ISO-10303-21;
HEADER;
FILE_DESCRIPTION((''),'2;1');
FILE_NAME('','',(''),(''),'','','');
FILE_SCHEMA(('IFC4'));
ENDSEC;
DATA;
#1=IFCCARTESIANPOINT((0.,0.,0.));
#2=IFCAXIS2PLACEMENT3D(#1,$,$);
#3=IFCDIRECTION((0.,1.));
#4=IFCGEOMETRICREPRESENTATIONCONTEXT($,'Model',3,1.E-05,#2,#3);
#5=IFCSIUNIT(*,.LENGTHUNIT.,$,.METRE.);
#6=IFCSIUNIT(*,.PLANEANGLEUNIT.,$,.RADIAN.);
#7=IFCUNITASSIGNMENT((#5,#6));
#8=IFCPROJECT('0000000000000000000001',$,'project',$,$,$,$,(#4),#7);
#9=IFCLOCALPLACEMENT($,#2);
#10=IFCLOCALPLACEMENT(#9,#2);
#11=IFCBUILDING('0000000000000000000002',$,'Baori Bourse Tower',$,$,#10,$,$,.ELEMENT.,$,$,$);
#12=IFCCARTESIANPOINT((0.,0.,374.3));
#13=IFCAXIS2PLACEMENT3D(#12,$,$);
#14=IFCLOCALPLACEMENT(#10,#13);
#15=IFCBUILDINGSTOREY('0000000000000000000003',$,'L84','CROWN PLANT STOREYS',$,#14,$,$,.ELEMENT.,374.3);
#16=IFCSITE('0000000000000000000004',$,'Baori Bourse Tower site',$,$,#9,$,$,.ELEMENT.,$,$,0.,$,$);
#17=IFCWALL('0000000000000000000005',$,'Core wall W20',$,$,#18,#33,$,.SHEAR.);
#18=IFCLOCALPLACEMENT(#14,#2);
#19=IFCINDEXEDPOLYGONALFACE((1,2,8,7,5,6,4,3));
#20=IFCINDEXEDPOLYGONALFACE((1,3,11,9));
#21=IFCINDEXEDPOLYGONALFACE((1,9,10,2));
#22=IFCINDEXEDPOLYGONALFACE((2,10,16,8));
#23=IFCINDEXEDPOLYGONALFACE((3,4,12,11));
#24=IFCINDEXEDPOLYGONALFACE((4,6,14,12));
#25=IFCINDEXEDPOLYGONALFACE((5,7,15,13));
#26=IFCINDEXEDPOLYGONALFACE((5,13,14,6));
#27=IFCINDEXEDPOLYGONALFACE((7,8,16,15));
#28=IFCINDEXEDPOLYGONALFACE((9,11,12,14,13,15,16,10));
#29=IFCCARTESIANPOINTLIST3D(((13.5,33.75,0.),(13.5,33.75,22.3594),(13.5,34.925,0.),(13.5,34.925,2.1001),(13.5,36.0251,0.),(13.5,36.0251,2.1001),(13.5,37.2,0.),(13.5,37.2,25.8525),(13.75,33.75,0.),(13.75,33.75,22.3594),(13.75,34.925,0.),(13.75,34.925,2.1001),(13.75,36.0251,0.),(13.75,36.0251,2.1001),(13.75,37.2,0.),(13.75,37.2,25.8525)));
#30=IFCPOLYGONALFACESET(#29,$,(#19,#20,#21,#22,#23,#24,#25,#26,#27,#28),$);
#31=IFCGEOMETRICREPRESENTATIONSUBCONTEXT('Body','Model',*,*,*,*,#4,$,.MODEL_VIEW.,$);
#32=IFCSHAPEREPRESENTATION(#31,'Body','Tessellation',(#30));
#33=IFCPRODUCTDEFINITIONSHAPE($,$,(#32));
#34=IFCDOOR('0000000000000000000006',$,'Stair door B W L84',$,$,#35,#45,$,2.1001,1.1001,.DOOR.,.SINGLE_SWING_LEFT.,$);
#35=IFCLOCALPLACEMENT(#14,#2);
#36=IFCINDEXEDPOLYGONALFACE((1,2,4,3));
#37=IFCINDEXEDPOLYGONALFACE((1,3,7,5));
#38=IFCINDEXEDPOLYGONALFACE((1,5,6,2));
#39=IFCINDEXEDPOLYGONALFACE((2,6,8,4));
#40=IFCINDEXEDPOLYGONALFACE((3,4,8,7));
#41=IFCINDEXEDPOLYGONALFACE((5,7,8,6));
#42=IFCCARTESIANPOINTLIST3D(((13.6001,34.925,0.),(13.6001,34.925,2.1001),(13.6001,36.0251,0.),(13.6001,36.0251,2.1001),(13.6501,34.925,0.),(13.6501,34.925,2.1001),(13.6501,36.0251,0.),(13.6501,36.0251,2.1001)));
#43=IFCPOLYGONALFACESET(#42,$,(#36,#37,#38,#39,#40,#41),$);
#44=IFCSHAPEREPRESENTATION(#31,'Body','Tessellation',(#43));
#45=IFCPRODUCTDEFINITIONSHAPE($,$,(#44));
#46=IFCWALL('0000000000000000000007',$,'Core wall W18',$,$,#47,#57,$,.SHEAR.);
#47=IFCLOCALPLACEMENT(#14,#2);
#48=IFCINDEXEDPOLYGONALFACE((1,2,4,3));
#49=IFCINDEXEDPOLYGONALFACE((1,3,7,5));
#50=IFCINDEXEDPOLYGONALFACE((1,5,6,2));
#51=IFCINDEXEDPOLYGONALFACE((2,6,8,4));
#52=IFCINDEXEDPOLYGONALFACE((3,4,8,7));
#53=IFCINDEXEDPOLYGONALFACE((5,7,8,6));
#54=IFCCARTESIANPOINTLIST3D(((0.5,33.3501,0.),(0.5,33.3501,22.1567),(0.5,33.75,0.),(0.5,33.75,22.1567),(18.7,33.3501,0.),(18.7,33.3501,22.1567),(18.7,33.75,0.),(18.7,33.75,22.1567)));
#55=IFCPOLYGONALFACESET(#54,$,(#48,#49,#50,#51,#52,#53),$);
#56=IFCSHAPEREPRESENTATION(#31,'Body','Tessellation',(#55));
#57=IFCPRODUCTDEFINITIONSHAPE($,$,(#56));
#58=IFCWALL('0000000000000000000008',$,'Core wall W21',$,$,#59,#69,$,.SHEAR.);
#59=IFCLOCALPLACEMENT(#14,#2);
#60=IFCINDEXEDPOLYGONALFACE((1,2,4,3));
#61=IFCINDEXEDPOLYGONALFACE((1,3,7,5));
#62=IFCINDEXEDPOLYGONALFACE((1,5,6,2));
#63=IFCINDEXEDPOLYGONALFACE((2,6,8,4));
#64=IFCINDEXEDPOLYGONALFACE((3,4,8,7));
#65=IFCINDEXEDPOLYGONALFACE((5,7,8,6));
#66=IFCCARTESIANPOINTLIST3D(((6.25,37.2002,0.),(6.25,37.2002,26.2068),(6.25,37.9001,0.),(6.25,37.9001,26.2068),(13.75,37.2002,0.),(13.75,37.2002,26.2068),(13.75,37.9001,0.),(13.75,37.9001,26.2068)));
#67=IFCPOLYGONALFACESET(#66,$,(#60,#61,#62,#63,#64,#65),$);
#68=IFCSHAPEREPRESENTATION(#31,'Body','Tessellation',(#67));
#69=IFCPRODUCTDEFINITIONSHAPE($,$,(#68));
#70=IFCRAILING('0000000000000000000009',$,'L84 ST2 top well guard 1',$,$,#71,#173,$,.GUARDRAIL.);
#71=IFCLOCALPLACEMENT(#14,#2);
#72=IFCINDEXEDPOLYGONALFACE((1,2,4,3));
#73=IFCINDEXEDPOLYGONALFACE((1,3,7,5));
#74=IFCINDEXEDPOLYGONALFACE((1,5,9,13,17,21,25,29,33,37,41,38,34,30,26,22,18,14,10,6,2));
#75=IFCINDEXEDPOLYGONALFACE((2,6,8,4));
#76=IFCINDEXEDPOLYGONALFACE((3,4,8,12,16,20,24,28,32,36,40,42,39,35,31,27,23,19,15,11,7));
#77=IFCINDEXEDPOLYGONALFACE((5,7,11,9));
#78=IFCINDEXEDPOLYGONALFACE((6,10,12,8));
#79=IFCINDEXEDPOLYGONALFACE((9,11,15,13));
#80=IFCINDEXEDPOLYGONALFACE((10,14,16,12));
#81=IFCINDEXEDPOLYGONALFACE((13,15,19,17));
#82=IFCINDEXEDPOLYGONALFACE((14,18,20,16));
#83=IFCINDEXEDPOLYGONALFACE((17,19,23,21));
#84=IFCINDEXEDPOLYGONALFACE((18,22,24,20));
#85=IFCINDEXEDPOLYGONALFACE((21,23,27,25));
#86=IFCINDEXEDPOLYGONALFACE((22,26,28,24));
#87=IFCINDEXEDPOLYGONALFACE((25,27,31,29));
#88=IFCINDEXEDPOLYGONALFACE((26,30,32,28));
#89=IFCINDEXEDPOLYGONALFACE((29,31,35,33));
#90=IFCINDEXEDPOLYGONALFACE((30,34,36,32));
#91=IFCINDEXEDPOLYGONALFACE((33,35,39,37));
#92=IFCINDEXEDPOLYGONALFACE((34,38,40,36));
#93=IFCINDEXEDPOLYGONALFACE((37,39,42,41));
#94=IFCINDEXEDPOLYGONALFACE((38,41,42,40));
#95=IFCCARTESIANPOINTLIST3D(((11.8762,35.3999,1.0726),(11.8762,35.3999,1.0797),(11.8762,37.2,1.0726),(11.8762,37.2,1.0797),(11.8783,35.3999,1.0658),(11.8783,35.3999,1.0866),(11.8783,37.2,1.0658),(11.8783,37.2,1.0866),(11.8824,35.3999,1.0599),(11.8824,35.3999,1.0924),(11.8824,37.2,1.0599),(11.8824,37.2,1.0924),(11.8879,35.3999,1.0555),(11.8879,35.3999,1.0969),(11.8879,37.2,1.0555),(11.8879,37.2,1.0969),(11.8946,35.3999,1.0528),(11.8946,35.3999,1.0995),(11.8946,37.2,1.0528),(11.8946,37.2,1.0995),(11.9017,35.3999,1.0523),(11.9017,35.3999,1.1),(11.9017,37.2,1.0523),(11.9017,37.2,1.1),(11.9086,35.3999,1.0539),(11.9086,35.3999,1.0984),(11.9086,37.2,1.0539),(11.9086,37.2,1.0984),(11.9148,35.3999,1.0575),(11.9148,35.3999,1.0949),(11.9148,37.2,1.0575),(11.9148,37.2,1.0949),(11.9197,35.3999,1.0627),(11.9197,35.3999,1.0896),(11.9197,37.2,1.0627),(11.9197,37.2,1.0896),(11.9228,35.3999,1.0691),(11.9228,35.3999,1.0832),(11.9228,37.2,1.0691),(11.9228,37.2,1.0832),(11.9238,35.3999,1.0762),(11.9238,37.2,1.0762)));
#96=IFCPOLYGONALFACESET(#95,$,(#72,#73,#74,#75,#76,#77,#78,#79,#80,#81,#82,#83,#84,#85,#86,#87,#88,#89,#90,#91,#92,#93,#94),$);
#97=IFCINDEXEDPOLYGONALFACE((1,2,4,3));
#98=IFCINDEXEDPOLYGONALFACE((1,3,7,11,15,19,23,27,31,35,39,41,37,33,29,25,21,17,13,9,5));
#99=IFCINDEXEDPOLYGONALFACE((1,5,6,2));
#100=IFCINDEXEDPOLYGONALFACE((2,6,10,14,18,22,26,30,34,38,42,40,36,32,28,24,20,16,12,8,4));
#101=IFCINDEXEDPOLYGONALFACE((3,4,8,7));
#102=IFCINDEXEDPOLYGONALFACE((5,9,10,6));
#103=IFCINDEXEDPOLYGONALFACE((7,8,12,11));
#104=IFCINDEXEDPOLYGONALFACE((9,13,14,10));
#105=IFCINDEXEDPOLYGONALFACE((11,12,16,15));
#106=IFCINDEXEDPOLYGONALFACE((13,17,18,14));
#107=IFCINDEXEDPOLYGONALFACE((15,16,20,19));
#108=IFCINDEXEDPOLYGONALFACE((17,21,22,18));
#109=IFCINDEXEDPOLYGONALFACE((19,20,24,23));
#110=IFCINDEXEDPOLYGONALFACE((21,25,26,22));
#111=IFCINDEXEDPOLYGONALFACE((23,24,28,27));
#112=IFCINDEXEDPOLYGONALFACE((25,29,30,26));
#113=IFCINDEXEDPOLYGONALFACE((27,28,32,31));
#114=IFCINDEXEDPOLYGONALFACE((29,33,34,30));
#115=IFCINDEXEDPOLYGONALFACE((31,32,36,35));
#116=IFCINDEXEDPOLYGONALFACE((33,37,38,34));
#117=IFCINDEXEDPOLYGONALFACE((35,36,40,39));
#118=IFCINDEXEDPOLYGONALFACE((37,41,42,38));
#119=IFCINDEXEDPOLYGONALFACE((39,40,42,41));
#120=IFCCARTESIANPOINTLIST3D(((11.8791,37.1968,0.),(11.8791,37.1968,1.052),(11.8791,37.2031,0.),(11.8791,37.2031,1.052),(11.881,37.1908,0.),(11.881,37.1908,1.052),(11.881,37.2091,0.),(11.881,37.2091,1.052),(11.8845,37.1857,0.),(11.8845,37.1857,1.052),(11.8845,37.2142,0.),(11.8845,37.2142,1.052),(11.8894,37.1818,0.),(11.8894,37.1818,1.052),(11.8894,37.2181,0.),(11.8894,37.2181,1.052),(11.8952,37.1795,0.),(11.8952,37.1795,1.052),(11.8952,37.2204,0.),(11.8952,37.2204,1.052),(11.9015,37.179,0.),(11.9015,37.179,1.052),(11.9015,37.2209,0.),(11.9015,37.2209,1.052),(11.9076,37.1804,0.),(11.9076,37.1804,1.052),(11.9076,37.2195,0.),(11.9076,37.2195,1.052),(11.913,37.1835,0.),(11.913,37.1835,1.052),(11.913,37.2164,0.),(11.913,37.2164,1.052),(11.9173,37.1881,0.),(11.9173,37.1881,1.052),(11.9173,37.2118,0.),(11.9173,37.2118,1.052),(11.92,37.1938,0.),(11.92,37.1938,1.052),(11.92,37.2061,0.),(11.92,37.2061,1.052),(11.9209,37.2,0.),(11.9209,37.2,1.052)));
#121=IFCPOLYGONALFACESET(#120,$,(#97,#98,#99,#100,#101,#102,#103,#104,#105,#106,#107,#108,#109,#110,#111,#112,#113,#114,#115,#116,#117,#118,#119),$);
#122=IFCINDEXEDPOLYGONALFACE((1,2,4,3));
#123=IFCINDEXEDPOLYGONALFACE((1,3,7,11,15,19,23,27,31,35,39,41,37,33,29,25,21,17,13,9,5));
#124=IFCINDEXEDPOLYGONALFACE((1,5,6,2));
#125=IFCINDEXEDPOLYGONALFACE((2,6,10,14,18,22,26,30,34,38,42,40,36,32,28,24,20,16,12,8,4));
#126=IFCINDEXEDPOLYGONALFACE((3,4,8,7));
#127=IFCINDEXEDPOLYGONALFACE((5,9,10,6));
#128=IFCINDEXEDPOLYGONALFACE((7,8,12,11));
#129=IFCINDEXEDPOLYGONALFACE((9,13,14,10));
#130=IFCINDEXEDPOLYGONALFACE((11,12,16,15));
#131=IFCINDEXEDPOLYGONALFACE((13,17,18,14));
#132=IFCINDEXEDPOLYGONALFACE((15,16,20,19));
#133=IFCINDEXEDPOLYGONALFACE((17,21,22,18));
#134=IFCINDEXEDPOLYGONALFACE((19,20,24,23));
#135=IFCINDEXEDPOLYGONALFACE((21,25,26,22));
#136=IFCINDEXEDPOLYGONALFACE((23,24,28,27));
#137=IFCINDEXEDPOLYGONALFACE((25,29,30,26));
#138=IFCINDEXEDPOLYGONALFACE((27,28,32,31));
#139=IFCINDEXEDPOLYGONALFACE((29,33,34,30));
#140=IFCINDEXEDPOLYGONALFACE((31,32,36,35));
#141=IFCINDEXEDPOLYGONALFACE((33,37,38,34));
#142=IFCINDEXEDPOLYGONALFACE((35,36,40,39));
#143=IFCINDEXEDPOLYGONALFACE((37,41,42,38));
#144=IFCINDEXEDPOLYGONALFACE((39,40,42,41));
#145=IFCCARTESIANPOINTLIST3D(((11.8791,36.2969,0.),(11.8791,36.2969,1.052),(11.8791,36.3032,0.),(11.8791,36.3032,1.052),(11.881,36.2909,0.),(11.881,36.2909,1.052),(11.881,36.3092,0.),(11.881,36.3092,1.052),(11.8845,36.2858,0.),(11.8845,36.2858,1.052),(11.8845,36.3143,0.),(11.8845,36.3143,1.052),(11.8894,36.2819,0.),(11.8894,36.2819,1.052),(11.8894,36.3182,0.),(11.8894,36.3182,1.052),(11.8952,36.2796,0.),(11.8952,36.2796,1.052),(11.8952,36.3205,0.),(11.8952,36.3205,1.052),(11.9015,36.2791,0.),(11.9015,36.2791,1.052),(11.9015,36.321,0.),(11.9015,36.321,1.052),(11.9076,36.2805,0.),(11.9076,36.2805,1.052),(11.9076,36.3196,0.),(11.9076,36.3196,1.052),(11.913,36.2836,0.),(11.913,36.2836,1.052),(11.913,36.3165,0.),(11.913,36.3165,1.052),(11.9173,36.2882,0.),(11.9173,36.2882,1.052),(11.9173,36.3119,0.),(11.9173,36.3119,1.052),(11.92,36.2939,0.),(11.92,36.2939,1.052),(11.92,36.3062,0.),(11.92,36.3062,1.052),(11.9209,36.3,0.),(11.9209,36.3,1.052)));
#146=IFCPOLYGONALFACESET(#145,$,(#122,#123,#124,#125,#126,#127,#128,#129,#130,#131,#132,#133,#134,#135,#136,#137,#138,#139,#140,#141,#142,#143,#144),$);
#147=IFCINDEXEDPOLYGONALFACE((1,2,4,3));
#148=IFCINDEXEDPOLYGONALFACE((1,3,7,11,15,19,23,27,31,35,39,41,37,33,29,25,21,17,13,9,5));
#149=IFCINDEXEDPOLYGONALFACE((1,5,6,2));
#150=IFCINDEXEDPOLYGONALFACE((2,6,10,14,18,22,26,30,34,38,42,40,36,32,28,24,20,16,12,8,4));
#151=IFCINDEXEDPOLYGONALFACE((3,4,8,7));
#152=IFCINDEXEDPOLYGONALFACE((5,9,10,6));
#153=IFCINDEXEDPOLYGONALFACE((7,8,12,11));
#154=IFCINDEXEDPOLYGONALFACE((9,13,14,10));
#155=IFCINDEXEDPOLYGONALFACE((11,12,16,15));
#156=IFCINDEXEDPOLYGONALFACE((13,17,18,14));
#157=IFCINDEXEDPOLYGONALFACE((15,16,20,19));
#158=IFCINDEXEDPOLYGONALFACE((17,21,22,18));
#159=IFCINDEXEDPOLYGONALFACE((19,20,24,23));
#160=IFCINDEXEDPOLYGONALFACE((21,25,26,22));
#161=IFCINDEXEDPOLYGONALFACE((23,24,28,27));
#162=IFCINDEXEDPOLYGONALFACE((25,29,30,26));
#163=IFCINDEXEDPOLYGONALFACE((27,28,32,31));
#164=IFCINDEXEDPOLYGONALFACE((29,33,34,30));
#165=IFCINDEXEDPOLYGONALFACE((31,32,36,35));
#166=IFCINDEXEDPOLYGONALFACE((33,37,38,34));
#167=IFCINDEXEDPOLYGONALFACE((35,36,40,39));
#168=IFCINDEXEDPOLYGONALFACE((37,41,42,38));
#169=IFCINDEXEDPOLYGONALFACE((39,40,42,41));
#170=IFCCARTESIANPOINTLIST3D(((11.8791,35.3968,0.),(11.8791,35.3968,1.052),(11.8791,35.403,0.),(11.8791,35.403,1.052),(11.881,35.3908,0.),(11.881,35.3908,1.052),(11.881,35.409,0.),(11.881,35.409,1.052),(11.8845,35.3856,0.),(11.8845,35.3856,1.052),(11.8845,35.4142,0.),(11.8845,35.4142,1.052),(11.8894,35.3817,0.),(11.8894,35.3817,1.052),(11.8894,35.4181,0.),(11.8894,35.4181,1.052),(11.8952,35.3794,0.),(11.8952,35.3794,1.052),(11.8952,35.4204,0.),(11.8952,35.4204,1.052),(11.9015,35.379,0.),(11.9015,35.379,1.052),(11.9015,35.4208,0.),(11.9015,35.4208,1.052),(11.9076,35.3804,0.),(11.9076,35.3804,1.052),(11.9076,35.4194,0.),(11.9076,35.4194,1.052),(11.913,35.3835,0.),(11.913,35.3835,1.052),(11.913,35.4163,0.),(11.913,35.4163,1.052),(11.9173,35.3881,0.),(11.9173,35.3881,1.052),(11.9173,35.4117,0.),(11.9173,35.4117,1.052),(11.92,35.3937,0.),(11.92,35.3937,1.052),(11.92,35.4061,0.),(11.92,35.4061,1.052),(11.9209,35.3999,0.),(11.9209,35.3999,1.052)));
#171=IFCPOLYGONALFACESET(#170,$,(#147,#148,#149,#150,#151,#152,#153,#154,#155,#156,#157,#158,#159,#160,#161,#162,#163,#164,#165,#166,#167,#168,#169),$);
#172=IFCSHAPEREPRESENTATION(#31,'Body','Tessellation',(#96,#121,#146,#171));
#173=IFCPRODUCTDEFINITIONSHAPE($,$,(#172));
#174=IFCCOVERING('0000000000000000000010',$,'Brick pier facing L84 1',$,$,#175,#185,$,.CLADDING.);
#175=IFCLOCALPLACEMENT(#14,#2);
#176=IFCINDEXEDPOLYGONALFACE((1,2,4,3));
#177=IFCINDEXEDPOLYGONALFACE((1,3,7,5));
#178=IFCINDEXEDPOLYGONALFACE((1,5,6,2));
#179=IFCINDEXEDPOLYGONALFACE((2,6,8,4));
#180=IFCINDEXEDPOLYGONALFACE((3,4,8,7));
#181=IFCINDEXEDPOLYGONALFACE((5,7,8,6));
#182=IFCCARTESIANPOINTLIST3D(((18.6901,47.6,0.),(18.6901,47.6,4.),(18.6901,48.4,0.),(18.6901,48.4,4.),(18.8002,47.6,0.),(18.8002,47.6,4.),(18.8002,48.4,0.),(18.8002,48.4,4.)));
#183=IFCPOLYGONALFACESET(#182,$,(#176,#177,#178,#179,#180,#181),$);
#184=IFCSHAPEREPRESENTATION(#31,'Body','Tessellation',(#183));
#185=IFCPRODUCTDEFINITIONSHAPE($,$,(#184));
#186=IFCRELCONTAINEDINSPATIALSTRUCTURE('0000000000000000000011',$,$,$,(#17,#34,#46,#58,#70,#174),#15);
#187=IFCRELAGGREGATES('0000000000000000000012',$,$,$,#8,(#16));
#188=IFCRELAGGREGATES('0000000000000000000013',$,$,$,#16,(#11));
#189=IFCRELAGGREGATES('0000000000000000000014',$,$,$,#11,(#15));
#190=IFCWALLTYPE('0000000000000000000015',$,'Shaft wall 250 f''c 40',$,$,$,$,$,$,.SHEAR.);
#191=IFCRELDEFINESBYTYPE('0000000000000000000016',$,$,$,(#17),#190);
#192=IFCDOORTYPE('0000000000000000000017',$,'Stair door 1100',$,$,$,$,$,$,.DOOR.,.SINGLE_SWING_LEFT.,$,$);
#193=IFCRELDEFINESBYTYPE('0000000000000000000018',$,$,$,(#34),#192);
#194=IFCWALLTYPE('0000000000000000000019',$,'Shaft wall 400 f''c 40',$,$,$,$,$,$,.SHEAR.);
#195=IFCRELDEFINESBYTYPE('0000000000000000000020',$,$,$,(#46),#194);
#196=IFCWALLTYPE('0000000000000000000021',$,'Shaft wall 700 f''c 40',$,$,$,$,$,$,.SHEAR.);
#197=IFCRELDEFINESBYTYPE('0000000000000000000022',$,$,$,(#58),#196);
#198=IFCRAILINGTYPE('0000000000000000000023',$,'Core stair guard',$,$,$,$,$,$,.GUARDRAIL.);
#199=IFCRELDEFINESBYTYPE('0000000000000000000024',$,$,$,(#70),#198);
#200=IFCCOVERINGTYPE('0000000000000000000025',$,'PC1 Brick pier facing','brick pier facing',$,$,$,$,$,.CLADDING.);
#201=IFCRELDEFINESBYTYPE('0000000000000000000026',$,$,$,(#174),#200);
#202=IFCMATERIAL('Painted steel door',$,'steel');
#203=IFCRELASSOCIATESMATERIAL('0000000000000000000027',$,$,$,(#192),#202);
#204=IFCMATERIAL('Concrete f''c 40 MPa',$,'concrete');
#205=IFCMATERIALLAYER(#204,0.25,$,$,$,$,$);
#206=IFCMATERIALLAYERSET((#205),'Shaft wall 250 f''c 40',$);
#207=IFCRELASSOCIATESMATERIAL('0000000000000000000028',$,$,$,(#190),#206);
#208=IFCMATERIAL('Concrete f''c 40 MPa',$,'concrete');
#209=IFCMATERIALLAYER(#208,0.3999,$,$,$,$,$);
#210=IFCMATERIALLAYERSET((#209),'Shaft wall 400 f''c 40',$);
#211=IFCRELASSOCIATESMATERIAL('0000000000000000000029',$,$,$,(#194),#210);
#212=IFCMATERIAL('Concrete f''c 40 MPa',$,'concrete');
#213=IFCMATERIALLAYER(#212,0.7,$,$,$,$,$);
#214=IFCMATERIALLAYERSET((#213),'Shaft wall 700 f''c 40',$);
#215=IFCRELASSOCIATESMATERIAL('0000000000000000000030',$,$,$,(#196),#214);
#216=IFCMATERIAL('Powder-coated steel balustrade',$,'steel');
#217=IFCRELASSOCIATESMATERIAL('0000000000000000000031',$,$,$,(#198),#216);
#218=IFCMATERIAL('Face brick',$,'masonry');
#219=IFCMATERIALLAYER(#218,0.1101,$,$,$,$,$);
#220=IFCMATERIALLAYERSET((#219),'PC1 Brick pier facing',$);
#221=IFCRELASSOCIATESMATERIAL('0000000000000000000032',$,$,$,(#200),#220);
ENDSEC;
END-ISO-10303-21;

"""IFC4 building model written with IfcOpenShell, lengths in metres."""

from ifc_helpers import new_model, si_unit, direction, frame, frame_2d, origin, origin_2d, place, context, subcontext, project, spatial, polyline, rectangle, circle, outline, extrude, material, layer, layer_set, type_object, element, fill, save


model = new_model("IFC4")

# Units and contexts
model_context = context("Model", 3, precision=1e-05, world=origin(), true_north=direction((0.0, 1.0)))
body_context = subcontext(model_context, "Body", "Model", "MODEL_VIEW")
ifc_project = project(units=[si_unit("LENGTHUNIT", "METRE"), si_unit("PLANEANGLEUNIT", "RADIAN")], contexts=[model_context])

# Site, building, storey
site_placement = place(None, origin())
site = spatial("IfcSite", under=ifc_project, at=site_placement, Name="Baori Bourse Tower site", CompositionType="ELEMENT", RefElevation=0.0)
building_placement = place(site_placement, origin())
building = spatial("IfcBuilding", under=site, at=building_placement, Name="Baori Bourse Tower", CompositionType="ELEMENT")
storey_placement = place(building_placement, frame((0.0, 0.0, 374.3)))
storey = spatial("IfcBuildingStorey", under=building, at=storey_placement, Name="L84", Description="CROWN PLANT STOREYS", CompositionType="ELEMENT", Elevation=374.3)

# Wall, opening, door
ifc_material_1 = material(Name="Painted steel door", Category="steel")
door_type_1 = type_object("IfcDoorType", Name="Stair door 1100", OperationType="SINGLE_SWING_LEFT", PredefinedType="DOOR", material=ifc_material_1)
ifc_material_2 = material(Name="Concrete f'c 40 MPa", Category="concrete")
ifc_layer_1 = layer(ifc_material_2, 0.25)
ifc_layer_set_1 = layer_set([ifc_layer_1], Name="Shaft wall 250 f'c 40")
wall_type_1 = type_object("IfcWallType", Name="Shaft wall 250 f'c 40", PredefinedType="SHEAR", material=ifc_layer_set_1)
wall_1_placement = place(storey_placement, frame((13.625, 33.75, 0.0), z_axis=(0.0, 0.0, 1.0), x_axis=(0.0, 1.0, 0.0)))
wall_1 = element("IfcWall", 1, at=wall_1_placement, inside=storey, type_object=wall_type_1, Name="Core wall W20", PredefinedType="SHEAR", context=body_context, shape_type="SweptSolid", body=[
    extrude(outline(polyline([(0.0, 0.0), (3.45, 0.0), (3.45, 25.8525), (0.0, 22.3594), (0.0, 0.0)])), frame((0.0, 0.125, 0.0), z_axis=(0.0, -1.0, 0.0), x_axis=(1.0, 0.0, 0.0)), (0.0, 0.0, 1.0), 0.25),
])
opening_1_placement = place(wall_1_placement, frame((1.175, 0.0, 0.0)))
opening_1 = element("IfcOpeningElement", 2, at=opening_1_placement, cuts=wall_1, PredefinedType="OPENING", context=body_context, shape_type="SweptSolid", body=[
    extrude(rectangle(XDim=1.1001, YDim=2.1001, at=frame_2d((0.55, 1.05))), frame((0.0, 0.135, 0.0), z_axis=(0.0, -1.0, 0.0), x_axis=(1.0, 0.0, 0.0)), (0.0, 0.0, 1.0), 0.27),
])
door_1_placement = place(opening_1_placement, origin())
door_1 = element("IfcDoor", 3, at=door_1_placement, inside=storey, type_object=door_type_1, Name="Stair door B W L84", OperationType="SINGLE_SWING_LEFT", OverallHeight=2.1001, OverallWidth=1.1001, PredefinedType="DOOR", context=body_context, shape_type="SweptSolid", body=[
    extrude(rectangle(XDim=1.1001, YDim=2.1001, at=frame_2d((0.55, 1.05))), frame((0.0, 0.0249, 0.0), z_axis=(0.0, -1.0, 0.0), x_axis=(1.0, 0.0, 0.0)), (0.0, 0.0, 1.0), 0.05),
])
fill(opening_1, door_1)

# Walls
ifc_material_3 = material(Name="Concrete f'c 40 MPa", Category="concrete")
ifc_layer_2 = layer(ifc_material_3, 0.3999)
ifc_layer_set_2 = layer_set([ifc_layer_2], Name="Shaft wall 400 f'c 40")
wall_type_2 = type_object("IfcWallType", Name="Shaft wall 400 f'c 40", PredefinedType="SHEAR", material=ifc_layer_set_2)
wall_2_placement = place(storey_placement, frame((0.5, 33.55, 0.0), z_axis=(0.0, 0.0, 1.0), x_axis=(1.0, 0.0, 0.0)))
element("IfcWall", 4, at=wall_2_placement, inside=storey, type_object=wall_type_2, Name="Core wall W18", PredefinedType="SHEAR", context=body_context, shape_type="SweptSolid", body=[
    extrude(outline(polyline([(0.0, 0.0), (18.2, 0.0), (18.2, 22.1567), (0.0, 22.1567), (0.0, 0.0)])), frame((0.0, 0.2, 0.0), z_axis=(0.0, -1.0, 0.0), x_axis=(1.0, 0.0, 0.0)), (0.0, 0.0, 1.0), 0.3999),
])
ifc_material_4 = material(Name="Concrete f'c 40 MPa", Category="concrete")
ifc_layer_3 = layer(ifc_material_4, 0.7)
ifc_layer_set_3 = layer_set([ifc_layer_3], Name="Shaft wall 700 f'c 40")
wall_type_3 = type_object("IfcWallType", Name="Shaft wall 700 f'c 40", PredefinedType="SHEAR", material=ifc_layer_set_3)
wall_3_placement = place(storey_placement, frame((6.25, 37.55, 0.0), z_axis=(0.0, 0.0, 1.0), x_axis=(1.0, 0.0, 0.0)))
element("IfcWall", 5, at=wall_3_placement, inside=storey, type_object=wall_type_3, Name="Core wall W21", PredefinedType="SHEAR", context=body_context, shape_type="SweptSolid", body=[
    extrude(outline(polyline([(0.0, 0.0), (7.5, 0.0), (7.5, 26.2068), (0.0, 26.2068), (0.0, 0.0)])), frame((0.0, 0.3501, 0.0), z_axis=(0.0, -1.0, 0.0), x_axis=(1.0, 0.0, 0.0)), (0.0, 0.0, 1.0), 0.7),
])

# Railing
ifc_material_5 = material(Name="Powder-coated steel balustrade", Category="steel")
railing_type = type_object("IfcRailingType", Name="Core stair guard", PredefinedType="GUARDRAIL", material=ifc_material_5)
railing_placement = place(storey_placement, frame((11.8999, 37.2, 0.0)))
element("IfcRailing", 6, at=railing_placement, inside=storey, type_object=railing_type, Name="L84 ST2 top well guard 1", PredefinedType="GUARDRAIL", context=body_context, shape_type="SweptSolid", body=[
    extrude(circle(Radius=0.0239, at=origin_2d()), frame((0.0, 0.0, 1.0762), z_axis=(0.0, -1.0, 0.0), x_axis=(1.0, 0.0, 0.0)), (0.0, 0.0, 1.0), 1.8),
    extrude(circle(Radius=0.021, at=origin_2d()), origin(), (0.0, 0.0, 1.0), 1.052),
    extrude(circle(Radius=0.021, at=origin_2d()), frame((0.0, -0.8999, 0.0)), (0.0, 0.0, 1.0), 1.052),
    extrude(circle(Radius=0.021, at=origin_2d()), frame((0.0, -1.8, 0.0)), (0.0, 0.0, 1.0), 1.052),
])

# Covering
ifc_material_6 = material(Name="Face brick", Category="masonry")
ifc_layer_4 = layer(ifc_material_6, 0.1101)
ifc_layer_set_4 = layer_set([ifc_layer_4], Name="PC1 Brick pier facing")
covering_type = type_object("IfcCoveringType", Name="PC1 Brick pier facing", Description="brick pier facing", PredefinedType="CLADDING", material=ifc_layer_set_4)
covering_placement = place(storey_placement, frame((18.7451, 48.0, 0.0), z_axis=(0.0, 0.0, 1.0), x_axis=(1.0, 0.0, 0.0)))
element("IfcCovering", 7, at=covering_placement, inside=storey, type_object=covering_type, Name="Brick pier facing L84 1", PredefinedType="CLADDING", context=body_context, shape_type="SweptSolid", body=[
    extrude(rectangle(XDim=0.1101, YDim=0.8, at=origin_2d()), origin(), (0.0, 0.0, 1.0), 4.0),
])

save(model, "model.ifc")
